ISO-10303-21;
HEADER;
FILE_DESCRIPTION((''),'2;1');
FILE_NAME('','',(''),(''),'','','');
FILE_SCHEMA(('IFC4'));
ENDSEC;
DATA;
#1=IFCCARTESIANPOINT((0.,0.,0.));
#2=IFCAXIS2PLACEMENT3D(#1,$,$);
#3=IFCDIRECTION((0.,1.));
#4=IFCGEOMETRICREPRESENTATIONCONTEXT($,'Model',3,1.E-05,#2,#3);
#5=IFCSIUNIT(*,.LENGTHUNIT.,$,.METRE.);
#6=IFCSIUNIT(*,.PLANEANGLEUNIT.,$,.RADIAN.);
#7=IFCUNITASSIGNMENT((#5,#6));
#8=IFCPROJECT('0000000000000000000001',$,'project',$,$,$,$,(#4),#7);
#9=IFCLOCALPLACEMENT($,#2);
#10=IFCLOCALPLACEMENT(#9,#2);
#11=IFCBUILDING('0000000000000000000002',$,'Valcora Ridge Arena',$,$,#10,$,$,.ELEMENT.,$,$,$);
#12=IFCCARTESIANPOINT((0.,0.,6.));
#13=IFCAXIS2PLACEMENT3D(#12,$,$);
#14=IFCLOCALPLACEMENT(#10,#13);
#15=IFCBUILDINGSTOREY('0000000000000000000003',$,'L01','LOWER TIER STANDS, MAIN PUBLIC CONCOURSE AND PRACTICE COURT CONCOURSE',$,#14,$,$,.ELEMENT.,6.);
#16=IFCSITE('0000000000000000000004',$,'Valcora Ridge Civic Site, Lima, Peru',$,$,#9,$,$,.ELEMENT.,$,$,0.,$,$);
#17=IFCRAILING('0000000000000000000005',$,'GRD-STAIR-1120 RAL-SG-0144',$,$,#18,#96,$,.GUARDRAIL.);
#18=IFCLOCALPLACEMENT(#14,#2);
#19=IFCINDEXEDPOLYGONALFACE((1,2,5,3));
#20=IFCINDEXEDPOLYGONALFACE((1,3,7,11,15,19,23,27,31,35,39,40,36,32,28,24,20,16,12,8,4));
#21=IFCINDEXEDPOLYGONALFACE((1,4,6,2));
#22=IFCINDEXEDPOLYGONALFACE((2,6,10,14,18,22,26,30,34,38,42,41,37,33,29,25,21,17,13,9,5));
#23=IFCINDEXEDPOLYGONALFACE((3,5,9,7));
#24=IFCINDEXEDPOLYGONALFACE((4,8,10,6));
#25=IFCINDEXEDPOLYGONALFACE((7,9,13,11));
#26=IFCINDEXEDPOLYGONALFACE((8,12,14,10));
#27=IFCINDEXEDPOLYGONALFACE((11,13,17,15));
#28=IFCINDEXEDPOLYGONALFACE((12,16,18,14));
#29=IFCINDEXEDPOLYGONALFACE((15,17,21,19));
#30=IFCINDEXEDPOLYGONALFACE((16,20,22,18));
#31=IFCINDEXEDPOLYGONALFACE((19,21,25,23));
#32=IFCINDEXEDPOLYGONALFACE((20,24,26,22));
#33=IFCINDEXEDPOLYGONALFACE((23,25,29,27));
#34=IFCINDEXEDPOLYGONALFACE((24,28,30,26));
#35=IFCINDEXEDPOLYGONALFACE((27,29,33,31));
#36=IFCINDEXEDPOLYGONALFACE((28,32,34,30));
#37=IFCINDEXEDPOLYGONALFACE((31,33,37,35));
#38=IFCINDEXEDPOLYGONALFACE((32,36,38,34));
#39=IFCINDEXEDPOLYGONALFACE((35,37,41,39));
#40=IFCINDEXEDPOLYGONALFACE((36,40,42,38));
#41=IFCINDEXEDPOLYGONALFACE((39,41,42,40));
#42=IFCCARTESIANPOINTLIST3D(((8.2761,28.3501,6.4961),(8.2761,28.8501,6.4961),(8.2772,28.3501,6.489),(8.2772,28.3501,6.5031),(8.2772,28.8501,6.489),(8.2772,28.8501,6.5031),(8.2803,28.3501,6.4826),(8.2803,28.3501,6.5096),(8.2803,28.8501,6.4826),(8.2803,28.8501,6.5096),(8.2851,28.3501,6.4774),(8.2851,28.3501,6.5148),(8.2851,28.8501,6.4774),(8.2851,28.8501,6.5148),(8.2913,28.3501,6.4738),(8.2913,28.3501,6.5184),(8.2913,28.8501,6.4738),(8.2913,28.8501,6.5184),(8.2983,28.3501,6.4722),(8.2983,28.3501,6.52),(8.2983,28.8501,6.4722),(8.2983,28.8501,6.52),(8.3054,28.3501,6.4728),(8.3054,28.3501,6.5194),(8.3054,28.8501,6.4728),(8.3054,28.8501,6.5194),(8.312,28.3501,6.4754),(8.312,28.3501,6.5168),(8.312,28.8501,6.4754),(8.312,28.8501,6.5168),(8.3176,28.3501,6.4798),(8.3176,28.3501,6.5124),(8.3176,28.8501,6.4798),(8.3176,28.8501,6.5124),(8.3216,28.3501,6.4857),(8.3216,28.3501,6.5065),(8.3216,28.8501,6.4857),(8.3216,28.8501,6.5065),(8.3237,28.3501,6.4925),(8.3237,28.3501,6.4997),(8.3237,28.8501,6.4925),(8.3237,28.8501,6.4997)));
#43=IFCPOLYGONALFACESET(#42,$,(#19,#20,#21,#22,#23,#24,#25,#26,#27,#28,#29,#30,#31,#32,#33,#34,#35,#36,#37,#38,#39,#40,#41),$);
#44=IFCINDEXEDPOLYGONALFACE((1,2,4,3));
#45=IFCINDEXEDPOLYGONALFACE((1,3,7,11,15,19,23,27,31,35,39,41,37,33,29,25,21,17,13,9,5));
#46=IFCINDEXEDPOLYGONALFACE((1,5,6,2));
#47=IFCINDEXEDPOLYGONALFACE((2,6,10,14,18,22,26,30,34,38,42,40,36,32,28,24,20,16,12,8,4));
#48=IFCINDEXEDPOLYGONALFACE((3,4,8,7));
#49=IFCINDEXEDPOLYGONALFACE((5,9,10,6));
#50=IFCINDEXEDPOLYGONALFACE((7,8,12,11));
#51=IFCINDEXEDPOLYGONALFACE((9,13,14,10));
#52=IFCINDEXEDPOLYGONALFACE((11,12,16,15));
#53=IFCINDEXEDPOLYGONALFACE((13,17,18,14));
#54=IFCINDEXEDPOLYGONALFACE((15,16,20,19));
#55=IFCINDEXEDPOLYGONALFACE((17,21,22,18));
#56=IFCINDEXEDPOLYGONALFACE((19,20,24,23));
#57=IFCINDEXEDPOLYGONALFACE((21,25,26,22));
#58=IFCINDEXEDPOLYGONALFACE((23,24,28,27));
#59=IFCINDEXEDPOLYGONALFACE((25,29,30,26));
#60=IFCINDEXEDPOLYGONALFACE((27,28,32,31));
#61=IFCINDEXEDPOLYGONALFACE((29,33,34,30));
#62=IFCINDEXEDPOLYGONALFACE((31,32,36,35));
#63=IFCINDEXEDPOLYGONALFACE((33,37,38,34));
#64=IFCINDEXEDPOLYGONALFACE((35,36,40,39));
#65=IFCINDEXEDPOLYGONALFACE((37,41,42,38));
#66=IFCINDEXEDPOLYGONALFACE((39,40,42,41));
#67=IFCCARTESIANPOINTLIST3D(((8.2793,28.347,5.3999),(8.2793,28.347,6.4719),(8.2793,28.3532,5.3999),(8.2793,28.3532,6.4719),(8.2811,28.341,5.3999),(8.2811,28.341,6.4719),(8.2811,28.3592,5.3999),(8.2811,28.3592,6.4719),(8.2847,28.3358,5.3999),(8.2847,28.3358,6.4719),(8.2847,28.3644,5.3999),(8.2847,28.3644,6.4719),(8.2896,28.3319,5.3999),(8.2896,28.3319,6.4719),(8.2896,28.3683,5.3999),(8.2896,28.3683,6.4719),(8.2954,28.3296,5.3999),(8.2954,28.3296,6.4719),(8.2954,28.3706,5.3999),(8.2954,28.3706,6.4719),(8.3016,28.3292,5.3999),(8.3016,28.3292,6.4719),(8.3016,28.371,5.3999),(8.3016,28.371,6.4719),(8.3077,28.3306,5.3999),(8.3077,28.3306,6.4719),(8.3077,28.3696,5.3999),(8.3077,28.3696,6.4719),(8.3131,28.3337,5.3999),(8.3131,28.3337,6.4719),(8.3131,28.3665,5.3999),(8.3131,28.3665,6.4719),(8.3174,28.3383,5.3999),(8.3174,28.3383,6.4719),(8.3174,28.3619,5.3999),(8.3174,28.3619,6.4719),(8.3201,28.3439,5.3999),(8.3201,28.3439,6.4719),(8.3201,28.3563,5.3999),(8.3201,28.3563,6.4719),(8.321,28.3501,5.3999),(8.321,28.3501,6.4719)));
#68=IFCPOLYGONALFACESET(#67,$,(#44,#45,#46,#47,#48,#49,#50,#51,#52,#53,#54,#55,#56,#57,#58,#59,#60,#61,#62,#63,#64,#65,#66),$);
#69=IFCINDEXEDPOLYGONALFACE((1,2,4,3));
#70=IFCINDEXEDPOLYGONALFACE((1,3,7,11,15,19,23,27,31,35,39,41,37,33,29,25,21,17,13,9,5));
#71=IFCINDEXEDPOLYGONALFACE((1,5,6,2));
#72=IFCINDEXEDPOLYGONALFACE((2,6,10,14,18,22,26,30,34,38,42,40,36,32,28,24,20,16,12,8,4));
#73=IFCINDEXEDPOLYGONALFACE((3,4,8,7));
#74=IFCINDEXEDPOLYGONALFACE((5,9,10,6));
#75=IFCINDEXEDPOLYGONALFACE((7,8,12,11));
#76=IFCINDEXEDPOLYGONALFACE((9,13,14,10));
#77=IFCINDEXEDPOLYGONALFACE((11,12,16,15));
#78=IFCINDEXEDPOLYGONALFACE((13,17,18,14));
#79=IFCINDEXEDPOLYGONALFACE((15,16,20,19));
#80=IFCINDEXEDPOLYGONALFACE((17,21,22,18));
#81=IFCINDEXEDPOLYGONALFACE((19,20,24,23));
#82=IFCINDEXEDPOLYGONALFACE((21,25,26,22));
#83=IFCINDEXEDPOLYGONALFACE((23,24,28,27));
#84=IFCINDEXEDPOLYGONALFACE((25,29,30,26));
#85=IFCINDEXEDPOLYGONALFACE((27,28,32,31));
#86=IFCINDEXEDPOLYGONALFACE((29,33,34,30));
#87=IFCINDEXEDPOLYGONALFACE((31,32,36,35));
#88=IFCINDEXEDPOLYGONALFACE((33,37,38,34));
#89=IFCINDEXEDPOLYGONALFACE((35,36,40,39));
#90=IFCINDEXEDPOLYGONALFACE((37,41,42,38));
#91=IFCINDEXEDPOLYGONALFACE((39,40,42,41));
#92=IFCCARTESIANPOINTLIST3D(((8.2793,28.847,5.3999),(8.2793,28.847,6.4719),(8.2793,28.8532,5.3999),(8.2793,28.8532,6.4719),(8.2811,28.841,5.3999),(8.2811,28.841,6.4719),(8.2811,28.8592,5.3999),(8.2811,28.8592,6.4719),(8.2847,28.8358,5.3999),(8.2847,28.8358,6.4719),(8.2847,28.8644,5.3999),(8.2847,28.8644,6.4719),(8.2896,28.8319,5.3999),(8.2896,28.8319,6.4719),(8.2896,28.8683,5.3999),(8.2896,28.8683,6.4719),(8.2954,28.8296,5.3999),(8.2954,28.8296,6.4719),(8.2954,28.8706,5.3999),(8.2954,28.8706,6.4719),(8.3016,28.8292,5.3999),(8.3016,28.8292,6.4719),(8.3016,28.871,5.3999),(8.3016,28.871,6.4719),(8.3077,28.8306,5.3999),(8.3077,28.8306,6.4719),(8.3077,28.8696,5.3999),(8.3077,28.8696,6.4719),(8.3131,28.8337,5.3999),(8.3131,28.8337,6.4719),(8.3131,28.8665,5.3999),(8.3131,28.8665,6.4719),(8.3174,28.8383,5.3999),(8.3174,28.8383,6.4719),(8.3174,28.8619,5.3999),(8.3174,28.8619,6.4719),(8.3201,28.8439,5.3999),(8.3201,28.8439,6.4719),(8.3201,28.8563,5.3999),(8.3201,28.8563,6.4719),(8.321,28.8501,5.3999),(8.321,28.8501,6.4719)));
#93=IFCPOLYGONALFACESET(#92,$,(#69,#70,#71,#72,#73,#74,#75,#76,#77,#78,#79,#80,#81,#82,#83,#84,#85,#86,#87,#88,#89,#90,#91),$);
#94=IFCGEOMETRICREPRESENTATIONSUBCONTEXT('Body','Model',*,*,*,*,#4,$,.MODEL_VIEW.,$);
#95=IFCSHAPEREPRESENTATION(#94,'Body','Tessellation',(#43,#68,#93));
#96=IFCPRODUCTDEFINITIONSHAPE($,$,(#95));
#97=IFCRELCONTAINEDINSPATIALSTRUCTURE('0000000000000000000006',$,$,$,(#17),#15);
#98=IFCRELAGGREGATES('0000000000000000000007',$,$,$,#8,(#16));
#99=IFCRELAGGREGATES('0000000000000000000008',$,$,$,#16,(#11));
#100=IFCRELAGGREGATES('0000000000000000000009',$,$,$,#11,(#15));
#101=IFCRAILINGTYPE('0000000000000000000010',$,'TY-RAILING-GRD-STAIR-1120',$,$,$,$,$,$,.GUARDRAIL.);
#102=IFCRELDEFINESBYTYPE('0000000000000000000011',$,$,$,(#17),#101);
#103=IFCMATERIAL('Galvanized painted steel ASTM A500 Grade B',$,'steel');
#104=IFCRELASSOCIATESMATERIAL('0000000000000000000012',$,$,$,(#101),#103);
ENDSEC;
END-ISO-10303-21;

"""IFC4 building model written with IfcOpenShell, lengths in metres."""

from ifc_helpers import new_model, si_unit, direction, frame, origin, origin_2d, place, context, subcontext, project, spatial, circle, extrude, material, type_object, element, save


model = new_model("IFC4")

# Units and contexts
model_context = context("Model", 3, precision=1e-05, world=origin(), true_north=direction((0.0, 1.0)))
body_context = subcontext(model_context, "Body", "Model", "MODEL_VIEW")
ifc_project = project(units=[si_unit("LENGTHUNIT", "METRE"), si_unit("PLANEANGLEUNIT", "RADIAN")], contexts=[model_context])

# Site, building, storey
site_placement = place(None, origin())
site = spatial("IfcSite", under=ifc_project, at=site_placement, Name="Valcora Ridge Civic Site, Lima, Peru", CompositionType="ELEMENT", RefElevation=0.0)
building_placement = place(site_placement, origin())
building = spatial("IfcBuilding", under=site, at=building_placement, Name="Valcora Ridge Arena", CompositionType="ELEMENT")
storey_placement = place(building_placement, frame((0.0, 0.0, 6.0)))
storey = spatial("IfcBuildingStorey", under=building, at=storey_placement, Name="L01", Description="LOWER TIER STANDS, MAIN PUBLIC CONCOURSE AND PRACTICE COURT CONCOURSE", CompositionType="ELEMENT", Elevation=6.0)

# Railing
ifc_material_1 = material(Name="Galvanized painted steel ASTM A500 Grade B", Category="steel")
railing_type_1 = type_object("IfcRailingType", Name="TY-RAILING-GRD-STAIR-1120", PredefinedType="GUARDRAIL", material=ifc_material_1)
railing_1_placement = place(storey_placement, frame((8.3, 28.3501, 5.3999)))
element("IfcRailing", 1, at=railing_1_placement, inside=storey, type_object=railing_type_1, Name="GRD-STAIR-1120 RAL-SG-0144", PredefinedType="GUARDRAIL", context=body_context, shape_type="SweptSolid", body=[
    extrude(circle(Radius=0.0239, at=origin_2d()), frame((0.0, 0.0, 1.0962), z_axis=(0.0, 1.0, 0.0), x_axis=(-1.0, 0.0, 0.0)), (0.0, 0.0, 1.0), 0.5),
    extrude(circle(Radius=0.021, at=origin_2d()), origin(), (0.0, 0.0, 1.0), 1.072),
    extrude(circle(Radius=0.021, at=origin_2d()), frame((0.0, 0.5, 0.0)), (0.0, 0.0, 1.0), 1.072),
])

save(model, "model.ifc")
